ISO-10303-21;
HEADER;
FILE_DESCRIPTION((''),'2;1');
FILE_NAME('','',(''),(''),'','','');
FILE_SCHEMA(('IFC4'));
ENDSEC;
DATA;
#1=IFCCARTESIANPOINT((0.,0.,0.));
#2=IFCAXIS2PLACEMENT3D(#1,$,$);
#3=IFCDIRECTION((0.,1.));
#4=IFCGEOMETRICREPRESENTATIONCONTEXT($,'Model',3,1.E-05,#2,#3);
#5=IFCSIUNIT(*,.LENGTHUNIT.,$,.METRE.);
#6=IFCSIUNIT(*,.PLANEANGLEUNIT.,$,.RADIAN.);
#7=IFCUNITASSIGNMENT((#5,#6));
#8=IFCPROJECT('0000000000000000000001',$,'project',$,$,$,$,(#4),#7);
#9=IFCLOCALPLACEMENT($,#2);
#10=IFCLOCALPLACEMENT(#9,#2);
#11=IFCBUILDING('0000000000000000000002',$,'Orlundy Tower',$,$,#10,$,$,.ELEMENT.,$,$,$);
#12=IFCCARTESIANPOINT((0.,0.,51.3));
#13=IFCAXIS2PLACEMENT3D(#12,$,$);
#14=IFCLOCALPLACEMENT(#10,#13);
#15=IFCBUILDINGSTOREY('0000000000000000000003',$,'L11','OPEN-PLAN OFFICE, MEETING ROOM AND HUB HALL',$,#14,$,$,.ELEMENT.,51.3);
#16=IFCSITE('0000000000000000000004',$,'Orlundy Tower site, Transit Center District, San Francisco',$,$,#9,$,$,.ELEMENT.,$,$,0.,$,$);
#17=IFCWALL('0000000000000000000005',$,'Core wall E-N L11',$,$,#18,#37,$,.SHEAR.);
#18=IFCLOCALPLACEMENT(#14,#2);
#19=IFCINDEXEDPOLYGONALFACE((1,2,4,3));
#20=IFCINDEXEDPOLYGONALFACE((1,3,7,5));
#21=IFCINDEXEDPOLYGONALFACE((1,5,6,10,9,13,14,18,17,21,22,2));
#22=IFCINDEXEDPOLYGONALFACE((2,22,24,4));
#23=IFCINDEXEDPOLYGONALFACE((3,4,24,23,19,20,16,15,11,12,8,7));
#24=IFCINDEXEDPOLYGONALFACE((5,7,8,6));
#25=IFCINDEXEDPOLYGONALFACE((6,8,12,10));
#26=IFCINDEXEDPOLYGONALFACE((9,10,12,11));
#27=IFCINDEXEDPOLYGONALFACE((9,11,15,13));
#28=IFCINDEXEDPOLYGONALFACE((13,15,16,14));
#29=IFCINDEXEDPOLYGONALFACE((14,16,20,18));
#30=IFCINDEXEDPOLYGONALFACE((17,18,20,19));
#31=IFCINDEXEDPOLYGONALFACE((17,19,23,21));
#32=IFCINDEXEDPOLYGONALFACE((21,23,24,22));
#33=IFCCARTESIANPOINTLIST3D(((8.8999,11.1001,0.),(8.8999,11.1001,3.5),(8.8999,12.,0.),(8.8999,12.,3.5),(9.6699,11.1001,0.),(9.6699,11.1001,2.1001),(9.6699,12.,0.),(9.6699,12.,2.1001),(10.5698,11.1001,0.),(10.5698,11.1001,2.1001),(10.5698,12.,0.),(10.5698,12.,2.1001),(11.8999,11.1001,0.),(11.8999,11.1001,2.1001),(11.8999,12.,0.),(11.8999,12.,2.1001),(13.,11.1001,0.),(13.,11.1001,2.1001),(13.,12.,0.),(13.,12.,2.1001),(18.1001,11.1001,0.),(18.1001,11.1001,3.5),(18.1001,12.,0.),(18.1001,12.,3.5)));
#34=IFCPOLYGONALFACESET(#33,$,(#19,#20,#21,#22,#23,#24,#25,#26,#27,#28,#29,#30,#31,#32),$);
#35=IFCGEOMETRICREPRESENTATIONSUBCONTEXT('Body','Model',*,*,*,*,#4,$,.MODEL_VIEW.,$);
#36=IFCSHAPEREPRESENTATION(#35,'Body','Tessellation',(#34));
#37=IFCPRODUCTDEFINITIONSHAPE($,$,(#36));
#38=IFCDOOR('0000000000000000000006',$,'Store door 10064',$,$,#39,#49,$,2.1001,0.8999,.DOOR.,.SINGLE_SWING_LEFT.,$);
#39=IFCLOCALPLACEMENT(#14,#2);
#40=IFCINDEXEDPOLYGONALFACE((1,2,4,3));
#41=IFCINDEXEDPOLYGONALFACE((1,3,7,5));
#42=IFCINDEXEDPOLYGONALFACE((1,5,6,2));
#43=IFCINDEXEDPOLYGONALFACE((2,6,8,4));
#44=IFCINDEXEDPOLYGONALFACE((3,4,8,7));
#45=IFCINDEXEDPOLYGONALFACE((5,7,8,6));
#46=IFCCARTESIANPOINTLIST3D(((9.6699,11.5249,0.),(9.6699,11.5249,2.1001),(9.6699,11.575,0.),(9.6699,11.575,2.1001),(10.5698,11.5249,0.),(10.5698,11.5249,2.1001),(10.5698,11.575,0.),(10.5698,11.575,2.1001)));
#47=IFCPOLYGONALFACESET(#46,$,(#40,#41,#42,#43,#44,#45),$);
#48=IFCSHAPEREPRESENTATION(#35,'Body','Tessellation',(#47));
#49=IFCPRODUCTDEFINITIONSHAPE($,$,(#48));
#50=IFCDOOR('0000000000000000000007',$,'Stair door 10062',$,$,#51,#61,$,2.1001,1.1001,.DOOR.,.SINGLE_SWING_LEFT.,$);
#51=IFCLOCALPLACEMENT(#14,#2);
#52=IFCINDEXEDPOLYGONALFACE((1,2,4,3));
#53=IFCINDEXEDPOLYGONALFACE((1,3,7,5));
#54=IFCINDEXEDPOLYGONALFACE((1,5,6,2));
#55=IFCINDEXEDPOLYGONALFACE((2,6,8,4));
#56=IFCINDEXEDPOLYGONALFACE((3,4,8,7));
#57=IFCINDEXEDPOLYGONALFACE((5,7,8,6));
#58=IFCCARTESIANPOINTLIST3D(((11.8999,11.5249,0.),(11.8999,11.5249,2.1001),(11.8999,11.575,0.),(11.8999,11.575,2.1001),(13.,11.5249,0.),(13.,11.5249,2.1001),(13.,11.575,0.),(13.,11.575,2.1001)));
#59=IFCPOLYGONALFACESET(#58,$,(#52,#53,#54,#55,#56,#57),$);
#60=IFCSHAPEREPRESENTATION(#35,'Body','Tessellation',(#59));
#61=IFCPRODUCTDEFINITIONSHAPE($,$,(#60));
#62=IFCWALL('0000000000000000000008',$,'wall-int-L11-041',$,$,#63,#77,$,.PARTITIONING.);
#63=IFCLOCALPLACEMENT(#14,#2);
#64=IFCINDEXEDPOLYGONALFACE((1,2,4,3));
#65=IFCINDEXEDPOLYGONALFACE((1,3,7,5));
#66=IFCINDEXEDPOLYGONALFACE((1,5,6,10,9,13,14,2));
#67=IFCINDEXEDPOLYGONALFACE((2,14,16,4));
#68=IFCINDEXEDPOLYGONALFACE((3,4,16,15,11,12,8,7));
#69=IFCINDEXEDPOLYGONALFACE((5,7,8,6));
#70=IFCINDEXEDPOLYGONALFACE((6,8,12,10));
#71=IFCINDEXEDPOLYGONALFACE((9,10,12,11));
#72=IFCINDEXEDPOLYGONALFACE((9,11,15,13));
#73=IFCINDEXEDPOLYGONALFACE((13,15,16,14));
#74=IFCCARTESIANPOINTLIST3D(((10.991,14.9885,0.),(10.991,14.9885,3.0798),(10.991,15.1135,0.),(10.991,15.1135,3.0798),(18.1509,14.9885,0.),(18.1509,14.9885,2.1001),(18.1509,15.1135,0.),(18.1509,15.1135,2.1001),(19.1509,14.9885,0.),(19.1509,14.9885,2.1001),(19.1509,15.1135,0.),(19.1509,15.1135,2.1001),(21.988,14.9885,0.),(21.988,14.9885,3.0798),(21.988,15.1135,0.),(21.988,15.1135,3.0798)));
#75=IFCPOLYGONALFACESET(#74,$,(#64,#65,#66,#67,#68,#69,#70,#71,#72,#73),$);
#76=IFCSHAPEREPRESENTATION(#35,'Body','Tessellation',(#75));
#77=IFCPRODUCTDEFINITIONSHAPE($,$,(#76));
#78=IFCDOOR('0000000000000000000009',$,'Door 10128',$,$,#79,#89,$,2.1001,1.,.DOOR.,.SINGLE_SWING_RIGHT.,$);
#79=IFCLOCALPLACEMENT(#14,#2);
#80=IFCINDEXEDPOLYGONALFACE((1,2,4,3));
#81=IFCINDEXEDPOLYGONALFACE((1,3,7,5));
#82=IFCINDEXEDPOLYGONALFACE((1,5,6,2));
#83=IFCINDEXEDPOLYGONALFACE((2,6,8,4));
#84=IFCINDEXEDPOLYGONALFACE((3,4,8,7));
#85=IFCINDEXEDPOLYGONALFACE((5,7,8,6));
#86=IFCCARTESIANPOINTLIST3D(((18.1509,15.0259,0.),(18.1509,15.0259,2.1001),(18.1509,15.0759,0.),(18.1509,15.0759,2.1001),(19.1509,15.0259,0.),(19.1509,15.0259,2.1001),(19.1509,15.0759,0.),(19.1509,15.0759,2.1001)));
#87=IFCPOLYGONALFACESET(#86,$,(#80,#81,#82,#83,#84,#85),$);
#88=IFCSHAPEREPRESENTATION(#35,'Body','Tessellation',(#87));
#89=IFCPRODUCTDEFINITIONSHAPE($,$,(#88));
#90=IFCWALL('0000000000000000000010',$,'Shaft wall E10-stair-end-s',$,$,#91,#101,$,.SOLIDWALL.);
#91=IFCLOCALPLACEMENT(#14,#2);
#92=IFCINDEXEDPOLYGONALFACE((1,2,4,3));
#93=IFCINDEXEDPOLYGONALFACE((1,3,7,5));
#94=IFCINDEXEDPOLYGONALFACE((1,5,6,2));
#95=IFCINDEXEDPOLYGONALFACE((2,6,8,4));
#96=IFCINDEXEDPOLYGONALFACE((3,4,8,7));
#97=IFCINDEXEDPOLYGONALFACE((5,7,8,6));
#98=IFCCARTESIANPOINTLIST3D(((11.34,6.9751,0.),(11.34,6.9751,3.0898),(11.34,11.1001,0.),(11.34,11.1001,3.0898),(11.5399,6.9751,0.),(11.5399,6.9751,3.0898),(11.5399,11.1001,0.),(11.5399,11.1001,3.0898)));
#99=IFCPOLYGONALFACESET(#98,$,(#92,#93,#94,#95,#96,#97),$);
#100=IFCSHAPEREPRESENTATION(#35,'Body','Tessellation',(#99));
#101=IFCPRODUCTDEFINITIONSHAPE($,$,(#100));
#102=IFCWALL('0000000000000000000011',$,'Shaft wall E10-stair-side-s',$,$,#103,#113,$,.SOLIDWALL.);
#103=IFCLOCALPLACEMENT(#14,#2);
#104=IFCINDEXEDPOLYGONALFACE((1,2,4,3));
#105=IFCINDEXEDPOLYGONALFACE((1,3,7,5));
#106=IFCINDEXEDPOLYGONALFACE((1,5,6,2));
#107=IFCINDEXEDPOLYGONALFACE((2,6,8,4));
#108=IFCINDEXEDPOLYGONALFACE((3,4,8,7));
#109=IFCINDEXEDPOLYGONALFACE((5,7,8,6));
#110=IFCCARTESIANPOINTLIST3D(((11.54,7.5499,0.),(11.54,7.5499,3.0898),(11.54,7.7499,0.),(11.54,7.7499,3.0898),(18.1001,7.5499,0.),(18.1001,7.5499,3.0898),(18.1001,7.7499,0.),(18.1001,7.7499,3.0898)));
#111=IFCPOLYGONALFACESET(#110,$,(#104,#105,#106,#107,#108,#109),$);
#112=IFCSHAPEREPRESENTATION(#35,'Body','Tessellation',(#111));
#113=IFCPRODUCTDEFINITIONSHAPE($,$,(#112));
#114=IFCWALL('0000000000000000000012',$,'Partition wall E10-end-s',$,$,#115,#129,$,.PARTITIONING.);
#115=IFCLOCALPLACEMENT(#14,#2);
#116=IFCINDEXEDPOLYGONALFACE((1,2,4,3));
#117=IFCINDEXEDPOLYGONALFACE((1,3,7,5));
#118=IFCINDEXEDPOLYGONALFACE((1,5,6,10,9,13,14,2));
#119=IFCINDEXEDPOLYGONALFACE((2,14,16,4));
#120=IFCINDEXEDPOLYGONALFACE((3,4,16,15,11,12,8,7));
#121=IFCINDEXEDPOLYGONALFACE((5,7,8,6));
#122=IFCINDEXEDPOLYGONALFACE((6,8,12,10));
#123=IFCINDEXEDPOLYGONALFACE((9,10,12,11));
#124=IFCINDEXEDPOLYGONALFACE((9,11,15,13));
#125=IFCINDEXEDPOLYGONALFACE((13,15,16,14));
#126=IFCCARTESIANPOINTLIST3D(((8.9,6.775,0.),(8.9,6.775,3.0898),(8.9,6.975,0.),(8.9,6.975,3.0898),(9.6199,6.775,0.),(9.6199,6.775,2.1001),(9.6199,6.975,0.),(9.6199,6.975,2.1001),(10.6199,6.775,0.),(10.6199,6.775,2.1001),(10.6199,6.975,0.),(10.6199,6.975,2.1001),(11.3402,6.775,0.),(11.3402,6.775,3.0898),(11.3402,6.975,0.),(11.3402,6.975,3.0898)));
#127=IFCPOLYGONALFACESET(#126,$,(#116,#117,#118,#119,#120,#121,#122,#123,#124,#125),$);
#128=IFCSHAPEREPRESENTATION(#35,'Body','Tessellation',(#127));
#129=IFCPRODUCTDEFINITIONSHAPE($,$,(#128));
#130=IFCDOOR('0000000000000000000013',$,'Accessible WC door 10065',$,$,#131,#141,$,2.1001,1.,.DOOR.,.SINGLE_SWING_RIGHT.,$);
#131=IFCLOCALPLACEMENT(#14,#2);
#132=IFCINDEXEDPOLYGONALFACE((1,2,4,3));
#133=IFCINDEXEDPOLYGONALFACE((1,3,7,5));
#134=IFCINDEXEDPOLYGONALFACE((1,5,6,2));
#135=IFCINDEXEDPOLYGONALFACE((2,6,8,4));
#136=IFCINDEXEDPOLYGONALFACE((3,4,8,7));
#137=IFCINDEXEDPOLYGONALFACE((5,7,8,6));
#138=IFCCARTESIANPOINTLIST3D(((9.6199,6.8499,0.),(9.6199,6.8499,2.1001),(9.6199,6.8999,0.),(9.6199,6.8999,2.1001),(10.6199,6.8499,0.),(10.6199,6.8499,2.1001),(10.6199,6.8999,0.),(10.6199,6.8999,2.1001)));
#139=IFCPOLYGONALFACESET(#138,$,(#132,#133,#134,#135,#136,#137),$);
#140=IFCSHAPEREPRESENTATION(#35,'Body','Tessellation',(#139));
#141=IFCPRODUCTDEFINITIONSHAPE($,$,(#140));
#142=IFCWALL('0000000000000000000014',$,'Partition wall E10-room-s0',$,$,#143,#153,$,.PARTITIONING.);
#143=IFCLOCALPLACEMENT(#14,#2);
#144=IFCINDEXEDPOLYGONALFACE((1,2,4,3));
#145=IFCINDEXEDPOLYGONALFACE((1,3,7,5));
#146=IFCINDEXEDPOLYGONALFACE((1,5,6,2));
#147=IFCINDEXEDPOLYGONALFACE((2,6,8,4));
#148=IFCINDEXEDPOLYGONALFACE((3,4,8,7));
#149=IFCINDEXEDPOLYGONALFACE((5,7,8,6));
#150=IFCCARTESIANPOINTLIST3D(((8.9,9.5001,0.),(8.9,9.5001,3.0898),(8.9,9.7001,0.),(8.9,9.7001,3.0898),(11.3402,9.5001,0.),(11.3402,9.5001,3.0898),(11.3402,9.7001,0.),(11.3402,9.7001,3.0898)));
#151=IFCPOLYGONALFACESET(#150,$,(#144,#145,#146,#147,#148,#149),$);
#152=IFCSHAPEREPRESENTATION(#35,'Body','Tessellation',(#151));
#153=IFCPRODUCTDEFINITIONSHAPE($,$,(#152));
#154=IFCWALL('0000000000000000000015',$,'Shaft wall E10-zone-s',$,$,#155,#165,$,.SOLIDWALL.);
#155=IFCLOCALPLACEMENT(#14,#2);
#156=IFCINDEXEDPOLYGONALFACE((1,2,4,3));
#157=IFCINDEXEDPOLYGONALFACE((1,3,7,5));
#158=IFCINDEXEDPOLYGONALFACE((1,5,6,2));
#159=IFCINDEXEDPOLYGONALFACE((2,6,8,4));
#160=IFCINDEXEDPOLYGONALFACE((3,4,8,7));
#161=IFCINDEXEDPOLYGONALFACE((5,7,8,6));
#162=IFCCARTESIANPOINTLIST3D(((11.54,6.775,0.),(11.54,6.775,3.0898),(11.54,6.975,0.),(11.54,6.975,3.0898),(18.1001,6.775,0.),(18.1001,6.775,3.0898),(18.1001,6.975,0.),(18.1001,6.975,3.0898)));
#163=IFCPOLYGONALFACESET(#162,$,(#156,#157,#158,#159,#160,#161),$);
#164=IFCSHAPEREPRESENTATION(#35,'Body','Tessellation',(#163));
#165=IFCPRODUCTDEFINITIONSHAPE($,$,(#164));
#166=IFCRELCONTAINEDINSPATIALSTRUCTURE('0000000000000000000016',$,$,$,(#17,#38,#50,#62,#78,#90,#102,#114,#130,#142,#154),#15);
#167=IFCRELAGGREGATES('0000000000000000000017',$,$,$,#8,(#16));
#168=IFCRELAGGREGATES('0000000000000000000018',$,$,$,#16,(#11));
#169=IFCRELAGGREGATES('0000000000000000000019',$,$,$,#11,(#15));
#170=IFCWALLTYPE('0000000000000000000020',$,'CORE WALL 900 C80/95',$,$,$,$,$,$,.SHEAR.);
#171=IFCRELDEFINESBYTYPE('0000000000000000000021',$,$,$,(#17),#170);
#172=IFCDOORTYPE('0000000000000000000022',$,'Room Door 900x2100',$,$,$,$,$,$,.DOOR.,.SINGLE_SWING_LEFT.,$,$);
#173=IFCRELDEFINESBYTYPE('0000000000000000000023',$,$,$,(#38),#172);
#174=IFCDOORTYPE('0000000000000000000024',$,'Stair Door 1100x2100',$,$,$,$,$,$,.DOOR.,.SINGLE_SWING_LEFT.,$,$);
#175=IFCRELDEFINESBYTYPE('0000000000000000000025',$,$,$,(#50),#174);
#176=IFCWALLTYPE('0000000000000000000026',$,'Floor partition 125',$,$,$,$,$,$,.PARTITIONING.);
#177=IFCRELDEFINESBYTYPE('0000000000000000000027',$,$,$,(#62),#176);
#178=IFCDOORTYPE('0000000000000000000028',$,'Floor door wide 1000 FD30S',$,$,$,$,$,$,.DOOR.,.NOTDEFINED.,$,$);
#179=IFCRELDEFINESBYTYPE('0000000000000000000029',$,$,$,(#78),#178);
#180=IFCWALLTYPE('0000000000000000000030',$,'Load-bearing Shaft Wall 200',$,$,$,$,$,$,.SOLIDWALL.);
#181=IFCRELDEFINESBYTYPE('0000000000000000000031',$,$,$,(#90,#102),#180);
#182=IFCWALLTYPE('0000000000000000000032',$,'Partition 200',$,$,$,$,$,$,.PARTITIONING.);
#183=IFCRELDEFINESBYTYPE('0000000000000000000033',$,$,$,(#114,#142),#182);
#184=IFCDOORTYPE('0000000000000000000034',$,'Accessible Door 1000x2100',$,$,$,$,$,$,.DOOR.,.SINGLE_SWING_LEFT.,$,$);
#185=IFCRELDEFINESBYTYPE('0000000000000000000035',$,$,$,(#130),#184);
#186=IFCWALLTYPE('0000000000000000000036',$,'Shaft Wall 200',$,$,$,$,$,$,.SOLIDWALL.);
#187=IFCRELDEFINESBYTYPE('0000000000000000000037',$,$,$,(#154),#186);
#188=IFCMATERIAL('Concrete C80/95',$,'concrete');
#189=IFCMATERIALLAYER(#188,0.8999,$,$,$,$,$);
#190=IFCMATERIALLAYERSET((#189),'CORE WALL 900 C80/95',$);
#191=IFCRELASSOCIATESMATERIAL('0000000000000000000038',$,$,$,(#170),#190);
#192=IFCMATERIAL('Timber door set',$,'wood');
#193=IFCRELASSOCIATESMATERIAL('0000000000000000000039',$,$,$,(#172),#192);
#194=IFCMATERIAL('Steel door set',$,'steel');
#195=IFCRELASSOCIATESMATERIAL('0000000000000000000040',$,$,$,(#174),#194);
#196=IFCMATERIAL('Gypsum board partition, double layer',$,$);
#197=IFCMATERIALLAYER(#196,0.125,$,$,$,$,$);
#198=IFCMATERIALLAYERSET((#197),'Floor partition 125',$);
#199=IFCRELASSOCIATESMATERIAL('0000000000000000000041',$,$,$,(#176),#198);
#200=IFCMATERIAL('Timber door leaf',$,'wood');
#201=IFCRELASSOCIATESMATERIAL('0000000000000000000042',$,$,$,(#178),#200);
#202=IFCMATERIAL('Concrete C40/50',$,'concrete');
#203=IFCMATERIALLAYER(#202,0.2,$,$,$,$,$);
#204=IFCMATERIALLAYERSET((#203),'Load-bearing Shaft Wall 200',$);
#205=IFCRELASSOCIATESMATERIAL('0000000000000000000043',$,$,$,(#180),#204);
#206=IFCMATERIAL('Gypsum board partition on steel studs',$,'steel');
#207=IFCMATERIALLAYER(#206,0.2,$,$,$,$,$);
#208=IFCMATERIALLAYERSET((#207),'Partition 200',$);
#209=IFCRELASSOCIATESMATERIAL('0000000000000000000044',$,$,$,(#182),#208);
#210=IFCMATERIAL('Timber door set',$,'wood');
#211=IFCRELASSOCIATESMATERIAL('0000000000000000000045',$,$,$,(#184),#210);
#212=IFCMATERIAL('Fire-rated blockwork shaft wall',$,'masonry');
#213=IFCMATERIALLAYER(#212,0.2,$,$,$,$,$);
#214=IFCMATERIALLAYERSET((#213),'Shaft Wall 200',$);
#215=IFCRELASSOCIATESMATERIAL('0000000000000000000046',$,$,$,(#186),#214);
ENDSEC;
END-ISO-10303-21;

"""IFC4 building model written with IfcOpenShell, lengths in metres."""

from ifc_helpers import new_model, si_unit, direction, frame, frame_2d, origin, place, context, subcontext, project, spatial, rectangle, extrude, material, layer, layer_set, type_object, element, fill, save


model = new_model("IFC4")

# Units and contexts
model_context = context("Model", 3, precision=1e-05, world=origin(), true_north=direction((0.0, 1.0)))
body_context = subcontext(model_context, "Body", "Model", "MODEL_VIEW")
ifc_project = project(units=[si_unit("LENGTHUNIT", "METRE"), si_unit("PLANEANGLEUNIT", "RADIAN")], contexts=[model_context])

# Site, building, storey
site_placement = place(None, origin())
site = spatial("IfcSite", under=ifc_project, at=site_placement, Name="Orlundy Tower site, Transit Center District, San Francisco", CompositionType="ELEMENT", RefElevation=0.0)
building_placement = place(site_placement, origin())
building = spatial("IfcBuilding", under=site, at=building_placement, Name="Orlundy Tower", CompositionType="ELEMENT")
storey_placement = place(building_placement, frame((0.0, 0.0, 51.3)))
storey = spatial("IfcBuildingStorey", under=building, at=storey_placement, Name="L11", Description="OPEN-PLAN OFFICE, MEETING ROOM AND HUB HALL", CompositionType="ELEMENT", Elevation=51.3)

# Wall, openings, doors
ifc_material_1 = material(Name="Concrete C80/95", Category="concrete")
ifc_layer_1 = layer(ifc_material_1, 0.8999)
ifc_layer_set_1 = layer_set([ifc_layer_1], Name="CORE WALL 900 C80/95")
wall_type_1 = type_object("IfcWallType", Name="CORE WALL 900 C80/95", PredefinedType="SHEAR", material=ifc_layer_set_1)
wall_1_placement = place(storey_placement, frame((8.8999, 11.55, 0.0), z_axis=(0.0, 0.0, 1.0), x_axis=(1.0, 0.0, 0.0)))
wall_1 = element("IfcWall", 1, at=wall_1_placement, inside=storey, type_object=wall_type_1, Name="Core wall E-N L11", PredefinedType="SHEAR", context=body_context, shape_type="SweptSolid", body=[
    extrude(rectangle(XDim=9.2002, YDim=0.8999, at=frame_2d((4.6001, 0.0))), origin(), (0.0, 0.0, 1.0), 3.5),
])
opening_1_placement = place(wall_1_placement, frame((3.0, 0.0, 0.0)))
opening_1 = element("IfcOpeningElement", 2, at=opening_1_placement, cuts=wall_1, PredefinedType="OPENING", context=body_context, shape_type="SweptSolid", body=[
    extrude(rectangle(XDim=1.1001, YDim=2.1001, at=frame_2d((0.55, 1.05))), frame((0.0, 0.46, 0.0), z_axis=(0.0, -1.0, 0.0), x_axis=(1.0, 0.0, 0.0)), (0.0, 0.0, 1.0), 0.9199),
])
opening_2_placement = place(wall_1_placement, frame((0.77, 0.0, 0.0)))
opening_2 = element("IfcOpeningElement", 3, at=opening_2_placement, cuts=wall_1, PredefinedType="OPENING", context=body_context, shape_type="SweptSolid", body=[
    extrude(rectangle(XDim=0.8999, YDim=2.1001, at=frame_2d((0.45, 1.05))), frame((0.0, 0.46, 0.0), z_axis=(0.0, -1.0, 0.0), x_axis=(1.0, 0.0, 0.0)), (0.0, 0.0, 1.0), 0.9199),
])
ifc_material_2 = material(Name="Timber door set", Category="wood")
door_type_1 = type_object("IfcDoorType", Name="Room Door 900x2100", OperationType="SINGLE_SWING_LEFT", PredefinedType="DOOR", material=ifc_material_2)
door_1_placement = place(opening_2_placement, origin())
door_1 = element("IfcDoor", 4, at=door_1_placement, inside=storey, type_object=door_type_1, Name="Store door 10064", OperationType="SINGLE_SWING_LEFT", OverallHeight=2.1001, OverallWidth=0.8999, PredefinedType="DOOR", context=body_context, shape_type="SweptSolid", body=[
    extrude(rectangle(XDim=0.8999, YDim=2.1001, at=frame_2d((0.45, 1.05))), frame((0.0, 0.0249, 0.0), z_axis=(0.0, -1.0, 0.0), x_axis=(1.0, 0.0, 0.0)), (0.0, 0.0, 1.0), 0.05),
])
fill(opening_2, door_1)
ifc_material_3 = material(Name="Steel door set", Category="steel")
door_type_2 = type_object("IfcDoorType", Name="Stair Door 1100x2100", OperationType="SINGLE_SWING_LEFT", PredefinedType="DOOR", material=ifc_material_3)
door_2_placement = place(opening_1_placement, origin())
door_2 = element("IfcDoor", 5, at=door_2_placement, inside=storey, type_object=door_type_2, Name="Stair door 10062", OperationType="SINGLE_SWING_LEFT", OverallHeight=2.1001, OverallWidth=1.1001, PredefinedType="DOOR", context=body_context, shape_type="SweptSolid", body=[
    extrude(rectangle(XDim=1.1001, YDim=2.1001, at=frame_2d((0.55, 1.05))), frame((0.0, 0.0249, 0.0), z_axis=(0.0, -1.0, 0.0), x_axis=(1.0, 0.0, 0.0)), (0.0, 0.0, 1.0), 0.05),
])
fill(opening_1, door_2)

# Wall, opening, door
ifc_material_4 = material(Name="Gypsum board partition, double layer")
ifc_layer_2 = layer(ifc_material_4, 0.125)
ifc_layer_set_2 = layer_set([ifc_layer_2], Name="Floor partition 125")
wall_type_2 = type_object("IfcWallType", Name="Floor partition 125", PredefinedType="PARTITIONING", material=ifc_layer_set_2)
wall_2_placement = place(storey_placement, frame((10.991, 15.051, 0.0), z_axis=(0.0, 0.0, 1.0), x_axis=(1.0, 0.0, 0.0)))
wall_2 = element("IfcWall", 6, at=wall_2_placement, inside=storey, type_object=wall_type_2, Name="wall-int-L11-041", PredefinedType="PARTITIONING", context=body_context, shape_type="SweptSolid", body=[
    extrude(rectangle(XDim=10.9971, YDim=0.125, at=frame_2d((5.4985, 0.0))), origin(), (0.0, 0.0, 1.0), 3.0798),
])
opening_3_placement = place(wall_2_placement, frame((7.1599, 0.0, 0.0)))
opening_3 = element("IfcOpeningElement", 7, at=opening_3_placement, cuts=wall_2, PredefinedType="OPENING", context=body_context, shape_type="SweptSolid", body=[
    extrude(rectangle(XDim=1.0, YDim=2.1001, at=frame_2d((0.5, 1.05))), frame((0.0, 0.0725, 0.0), z_axis=(0.0, -1.0, 0.0), x_axis=(1.0, 0.0, 0.0)), (0.0, 0.0, 1.0), 0.145),
])
ifc_material_5 = material(Name="Timber door leaf", Category="wood")
door_type_3 = type_object("IfcDoorType", Name="Floor door wide 1000 FD30S", OperationType="NOTDEFINED", PredefinedType="DOOR", material=ifc_material_5)
door_3_placement = place(opening_3_placement, origin())
door_3 = element("IfcDoor", 8, at=door_3_placement, inside=storey, type_object=door_type_3, Name="Door 10128", OperationType="SINGLE_SWING_RIGHT", OverallHeight=2.1001, OverallWidth=1.0, PredefinedType="DOOR", context=body_context, shape_type="SweptSolid", body=[
    extrude(rectangle(XDim=1.0, YDim=2.1001, at=frame_2d((0.5, 1.05))), frame((0.0, 0.0249, 0.0), z_axis=(0.0, -1.0, 0.0), x_axis=(1.0, 0.0, 0.0)), (0.0, 0.0, 1.0), 0.05),
])
fill(opening_3, door_3)

# Walls
ifc_material_6 = material(Name="Concrete C40/50", Category="concrete")
ifc_layer_3 = layer(ifc_material_6, 0.2)
ifc_layer_set_3 = layer_set([ifc_layer_3], Name="Load-bearing Shaft Wall 200")
wall_type_3 = type_object("IfcWallType", Name="Load-bearing Shaft Wall 200", PredefinedType="SOLIDWALL", material=ifc_layer_set_3)
wall_3_placement = place(storey_placement, frame((11.4399, 11.1001, 0.0), z_axis=(0.0, 0.0, 1.0), x_axis=(0.0, -1.0, 0.0)))
element("IfcWall", 9, at=wall_3_placement, inside=storey, type_object=wall_type_3, Name="Shaft wall E10-stair-end-s", PredefinedType="SOLIDWALL", context=body_context, shape_type="SweptSolid", body=[
    extrude(rectangle(XDim=4.125, YDim=0.2, at=frame_2d((2.0625, 0.0))), origin(), (0.0, 0.0, 1.0), 3.0898),
])
wall_4_placement = place(storey_placement, frame((11.54, 7.6499, 0.0), z_axis=(0.0, 0.0, 1.0), x_axis=(1.0, 0.0, 0.0)))
element("IfcWall", 10, at=wall_4_placement, inside=storey, type_object=wall_type_3, Name="Shaft wall E10-stair-side-s", PredefinedType="SOLIDWALL", context=body_context, shape_type="SweptSolid", body=[
    extrude(rectangle(XDim=6.5601, YDim=0.2, at=frame_2d((3.28, 0.0))), origin(), (0.0, 0.0, 1.0), 3.0898),
])

# Wall, opening, door
ifc_material_7 = material(Name="Gypsum board partition on steel studs", Category="steel")
ifc_layer_4 = layer(ifc_material_7, 0.2)
ifc_layer_set_4 = layer_set([ifc_layer_4], Name="Partition 200")
wall_type_4 = type_object("IfcWallType", Name="Partition 200", PredefinedType="PARTITIONING", material=ifc_layer_set_4)
wall_5_placement = place(storey_placement, frame((8.8999, 6.875, 0.0), z_axis=(0.0, 0.0, 1.0), x_axis=(1.0, 0.0, 0.0)))
wall_5 = element("IfcWall", 11, at=wall_5_placement, inside=storey, type_object=wall_type_4, Name="Partition wall E10-end-s", PredefinedType="PARTITIONING", context=body_context, shape_type="SweptSolid", body=[
    extrude(rectangle(XDim=2.4402, YDim=0.2, at=frame_2d((1.2202, 0.0))), origin(), (0.0, 0.0, 1.0), 3.0898),
])
opening_4_placement = place(wall_5_placement, frame((0.72, 0.0, 0.0)))
opening_4 = element("IfcOpeningElement", 12, at=opening_4_placement, cuts=wall_5, PredefinedType="OPENING", context=body_context, shape_type="SweptSolid", body=[
    extrude(rectangle(XDim=1.0, YDim=2.1001, at=frame_2d((0.5, 1.05))), frame((0.0, 0.1101, 0.0), z_axis=(0.0, -1.0, 0.0), x_axis=(1.0, 0.0, 0.0)), (0.0, 0.0, 1.0), 0.2202),
])
ifc_material_8 = material(Name="Timber door set", Category="wood")
door_type_4 = type_object("IfcDoorType", Name="Accessible Door 1000x2100", OperationType="SINGLE_SWING_LEFT", PredefinedType="DOOR", material=ifc_material_8)
door_4_placement = place(opening_4_placement, origin())
door_4 = element("IfcDoor", 13, at=door_4_placement, inside=storey, type_object=door_type_4, Name="Accessible WC door 10065", OperationType="SINGLE_SWING_RIGHT", OverallHeight=2.1001, OverallWidth=1.0, PredefinedType="DOOR", context=body_context, shape_type="SweptSolid", body=[
    extrude(rectangle(XDim=1.0, YDim=2.1001, at=frame_2d((0.5, 1.05))), frame((0.0, 0.0249, 0.0), z_axis=(0.0, -1.0, 0.0), x_axis=(1.0, 0.0, 0.0)), (0.0, 0.0, 1.0), 0.05),
])
fill(opening_4, door_4)

# Walls
wall_6_placement = place(storey_placement, frame((8.8999, 9.6001, 0.0), z_axis=(0.0, 0.0, 1.0), x_axis=(1.0, 0.0, 0.0)))
element("IfcWall", 14, at=wall_6_placement, inside=storey, type_object=wall_type_4, Name="Partition wall E10-room-s0", PredefinedType="PARTITIONING", context=body_context, shape_type="SweptSolid", body=[
    extrude(rectangle(XDim=2.4402, YDim=0.2, at=frame_2d((1.2202, 0.0))), origin(), (0.0, 0.0, 1.0), 3.0898),
])
ifc_material_9 = material(Name="Fire-rated blockwork shaft wall", Category="masonry")
ifc_layer_5 = layer(ifc_material_9, 0.2)
ifc_layer_set_5 = layer_set([ifc_layer_5], Name="Shaft Wall 200")
wall_type_5 = type_object("IfcWallType", Name="Shaft Wall 200", PredefinedType="SOLIDWALL", material=ifc_layer_set_5)
wall_7_placement = place(storey_placement, frame((11.54, 6.875, 0.0), z_axis=(0.0, 0.0, 1.0), x_axis=(1.0, 0.0, 0.0)))
element("IfcWall", 15, at=wall_7_placement, inside=storey, type_object=wall_type_5, Name="Shaft wall E10-zone-s", PredefinedType="SOLIDWALL", context=body_context, shape_type="SweptSolid", body=[
    extrude(rectangle(XDim=6.5601, YDim=0.2, at=frame_2d((3.28, 0.0))), origin(), (0.0, 0.0, 1.0), 3.0898),
])

save(model, "model.ifc")
